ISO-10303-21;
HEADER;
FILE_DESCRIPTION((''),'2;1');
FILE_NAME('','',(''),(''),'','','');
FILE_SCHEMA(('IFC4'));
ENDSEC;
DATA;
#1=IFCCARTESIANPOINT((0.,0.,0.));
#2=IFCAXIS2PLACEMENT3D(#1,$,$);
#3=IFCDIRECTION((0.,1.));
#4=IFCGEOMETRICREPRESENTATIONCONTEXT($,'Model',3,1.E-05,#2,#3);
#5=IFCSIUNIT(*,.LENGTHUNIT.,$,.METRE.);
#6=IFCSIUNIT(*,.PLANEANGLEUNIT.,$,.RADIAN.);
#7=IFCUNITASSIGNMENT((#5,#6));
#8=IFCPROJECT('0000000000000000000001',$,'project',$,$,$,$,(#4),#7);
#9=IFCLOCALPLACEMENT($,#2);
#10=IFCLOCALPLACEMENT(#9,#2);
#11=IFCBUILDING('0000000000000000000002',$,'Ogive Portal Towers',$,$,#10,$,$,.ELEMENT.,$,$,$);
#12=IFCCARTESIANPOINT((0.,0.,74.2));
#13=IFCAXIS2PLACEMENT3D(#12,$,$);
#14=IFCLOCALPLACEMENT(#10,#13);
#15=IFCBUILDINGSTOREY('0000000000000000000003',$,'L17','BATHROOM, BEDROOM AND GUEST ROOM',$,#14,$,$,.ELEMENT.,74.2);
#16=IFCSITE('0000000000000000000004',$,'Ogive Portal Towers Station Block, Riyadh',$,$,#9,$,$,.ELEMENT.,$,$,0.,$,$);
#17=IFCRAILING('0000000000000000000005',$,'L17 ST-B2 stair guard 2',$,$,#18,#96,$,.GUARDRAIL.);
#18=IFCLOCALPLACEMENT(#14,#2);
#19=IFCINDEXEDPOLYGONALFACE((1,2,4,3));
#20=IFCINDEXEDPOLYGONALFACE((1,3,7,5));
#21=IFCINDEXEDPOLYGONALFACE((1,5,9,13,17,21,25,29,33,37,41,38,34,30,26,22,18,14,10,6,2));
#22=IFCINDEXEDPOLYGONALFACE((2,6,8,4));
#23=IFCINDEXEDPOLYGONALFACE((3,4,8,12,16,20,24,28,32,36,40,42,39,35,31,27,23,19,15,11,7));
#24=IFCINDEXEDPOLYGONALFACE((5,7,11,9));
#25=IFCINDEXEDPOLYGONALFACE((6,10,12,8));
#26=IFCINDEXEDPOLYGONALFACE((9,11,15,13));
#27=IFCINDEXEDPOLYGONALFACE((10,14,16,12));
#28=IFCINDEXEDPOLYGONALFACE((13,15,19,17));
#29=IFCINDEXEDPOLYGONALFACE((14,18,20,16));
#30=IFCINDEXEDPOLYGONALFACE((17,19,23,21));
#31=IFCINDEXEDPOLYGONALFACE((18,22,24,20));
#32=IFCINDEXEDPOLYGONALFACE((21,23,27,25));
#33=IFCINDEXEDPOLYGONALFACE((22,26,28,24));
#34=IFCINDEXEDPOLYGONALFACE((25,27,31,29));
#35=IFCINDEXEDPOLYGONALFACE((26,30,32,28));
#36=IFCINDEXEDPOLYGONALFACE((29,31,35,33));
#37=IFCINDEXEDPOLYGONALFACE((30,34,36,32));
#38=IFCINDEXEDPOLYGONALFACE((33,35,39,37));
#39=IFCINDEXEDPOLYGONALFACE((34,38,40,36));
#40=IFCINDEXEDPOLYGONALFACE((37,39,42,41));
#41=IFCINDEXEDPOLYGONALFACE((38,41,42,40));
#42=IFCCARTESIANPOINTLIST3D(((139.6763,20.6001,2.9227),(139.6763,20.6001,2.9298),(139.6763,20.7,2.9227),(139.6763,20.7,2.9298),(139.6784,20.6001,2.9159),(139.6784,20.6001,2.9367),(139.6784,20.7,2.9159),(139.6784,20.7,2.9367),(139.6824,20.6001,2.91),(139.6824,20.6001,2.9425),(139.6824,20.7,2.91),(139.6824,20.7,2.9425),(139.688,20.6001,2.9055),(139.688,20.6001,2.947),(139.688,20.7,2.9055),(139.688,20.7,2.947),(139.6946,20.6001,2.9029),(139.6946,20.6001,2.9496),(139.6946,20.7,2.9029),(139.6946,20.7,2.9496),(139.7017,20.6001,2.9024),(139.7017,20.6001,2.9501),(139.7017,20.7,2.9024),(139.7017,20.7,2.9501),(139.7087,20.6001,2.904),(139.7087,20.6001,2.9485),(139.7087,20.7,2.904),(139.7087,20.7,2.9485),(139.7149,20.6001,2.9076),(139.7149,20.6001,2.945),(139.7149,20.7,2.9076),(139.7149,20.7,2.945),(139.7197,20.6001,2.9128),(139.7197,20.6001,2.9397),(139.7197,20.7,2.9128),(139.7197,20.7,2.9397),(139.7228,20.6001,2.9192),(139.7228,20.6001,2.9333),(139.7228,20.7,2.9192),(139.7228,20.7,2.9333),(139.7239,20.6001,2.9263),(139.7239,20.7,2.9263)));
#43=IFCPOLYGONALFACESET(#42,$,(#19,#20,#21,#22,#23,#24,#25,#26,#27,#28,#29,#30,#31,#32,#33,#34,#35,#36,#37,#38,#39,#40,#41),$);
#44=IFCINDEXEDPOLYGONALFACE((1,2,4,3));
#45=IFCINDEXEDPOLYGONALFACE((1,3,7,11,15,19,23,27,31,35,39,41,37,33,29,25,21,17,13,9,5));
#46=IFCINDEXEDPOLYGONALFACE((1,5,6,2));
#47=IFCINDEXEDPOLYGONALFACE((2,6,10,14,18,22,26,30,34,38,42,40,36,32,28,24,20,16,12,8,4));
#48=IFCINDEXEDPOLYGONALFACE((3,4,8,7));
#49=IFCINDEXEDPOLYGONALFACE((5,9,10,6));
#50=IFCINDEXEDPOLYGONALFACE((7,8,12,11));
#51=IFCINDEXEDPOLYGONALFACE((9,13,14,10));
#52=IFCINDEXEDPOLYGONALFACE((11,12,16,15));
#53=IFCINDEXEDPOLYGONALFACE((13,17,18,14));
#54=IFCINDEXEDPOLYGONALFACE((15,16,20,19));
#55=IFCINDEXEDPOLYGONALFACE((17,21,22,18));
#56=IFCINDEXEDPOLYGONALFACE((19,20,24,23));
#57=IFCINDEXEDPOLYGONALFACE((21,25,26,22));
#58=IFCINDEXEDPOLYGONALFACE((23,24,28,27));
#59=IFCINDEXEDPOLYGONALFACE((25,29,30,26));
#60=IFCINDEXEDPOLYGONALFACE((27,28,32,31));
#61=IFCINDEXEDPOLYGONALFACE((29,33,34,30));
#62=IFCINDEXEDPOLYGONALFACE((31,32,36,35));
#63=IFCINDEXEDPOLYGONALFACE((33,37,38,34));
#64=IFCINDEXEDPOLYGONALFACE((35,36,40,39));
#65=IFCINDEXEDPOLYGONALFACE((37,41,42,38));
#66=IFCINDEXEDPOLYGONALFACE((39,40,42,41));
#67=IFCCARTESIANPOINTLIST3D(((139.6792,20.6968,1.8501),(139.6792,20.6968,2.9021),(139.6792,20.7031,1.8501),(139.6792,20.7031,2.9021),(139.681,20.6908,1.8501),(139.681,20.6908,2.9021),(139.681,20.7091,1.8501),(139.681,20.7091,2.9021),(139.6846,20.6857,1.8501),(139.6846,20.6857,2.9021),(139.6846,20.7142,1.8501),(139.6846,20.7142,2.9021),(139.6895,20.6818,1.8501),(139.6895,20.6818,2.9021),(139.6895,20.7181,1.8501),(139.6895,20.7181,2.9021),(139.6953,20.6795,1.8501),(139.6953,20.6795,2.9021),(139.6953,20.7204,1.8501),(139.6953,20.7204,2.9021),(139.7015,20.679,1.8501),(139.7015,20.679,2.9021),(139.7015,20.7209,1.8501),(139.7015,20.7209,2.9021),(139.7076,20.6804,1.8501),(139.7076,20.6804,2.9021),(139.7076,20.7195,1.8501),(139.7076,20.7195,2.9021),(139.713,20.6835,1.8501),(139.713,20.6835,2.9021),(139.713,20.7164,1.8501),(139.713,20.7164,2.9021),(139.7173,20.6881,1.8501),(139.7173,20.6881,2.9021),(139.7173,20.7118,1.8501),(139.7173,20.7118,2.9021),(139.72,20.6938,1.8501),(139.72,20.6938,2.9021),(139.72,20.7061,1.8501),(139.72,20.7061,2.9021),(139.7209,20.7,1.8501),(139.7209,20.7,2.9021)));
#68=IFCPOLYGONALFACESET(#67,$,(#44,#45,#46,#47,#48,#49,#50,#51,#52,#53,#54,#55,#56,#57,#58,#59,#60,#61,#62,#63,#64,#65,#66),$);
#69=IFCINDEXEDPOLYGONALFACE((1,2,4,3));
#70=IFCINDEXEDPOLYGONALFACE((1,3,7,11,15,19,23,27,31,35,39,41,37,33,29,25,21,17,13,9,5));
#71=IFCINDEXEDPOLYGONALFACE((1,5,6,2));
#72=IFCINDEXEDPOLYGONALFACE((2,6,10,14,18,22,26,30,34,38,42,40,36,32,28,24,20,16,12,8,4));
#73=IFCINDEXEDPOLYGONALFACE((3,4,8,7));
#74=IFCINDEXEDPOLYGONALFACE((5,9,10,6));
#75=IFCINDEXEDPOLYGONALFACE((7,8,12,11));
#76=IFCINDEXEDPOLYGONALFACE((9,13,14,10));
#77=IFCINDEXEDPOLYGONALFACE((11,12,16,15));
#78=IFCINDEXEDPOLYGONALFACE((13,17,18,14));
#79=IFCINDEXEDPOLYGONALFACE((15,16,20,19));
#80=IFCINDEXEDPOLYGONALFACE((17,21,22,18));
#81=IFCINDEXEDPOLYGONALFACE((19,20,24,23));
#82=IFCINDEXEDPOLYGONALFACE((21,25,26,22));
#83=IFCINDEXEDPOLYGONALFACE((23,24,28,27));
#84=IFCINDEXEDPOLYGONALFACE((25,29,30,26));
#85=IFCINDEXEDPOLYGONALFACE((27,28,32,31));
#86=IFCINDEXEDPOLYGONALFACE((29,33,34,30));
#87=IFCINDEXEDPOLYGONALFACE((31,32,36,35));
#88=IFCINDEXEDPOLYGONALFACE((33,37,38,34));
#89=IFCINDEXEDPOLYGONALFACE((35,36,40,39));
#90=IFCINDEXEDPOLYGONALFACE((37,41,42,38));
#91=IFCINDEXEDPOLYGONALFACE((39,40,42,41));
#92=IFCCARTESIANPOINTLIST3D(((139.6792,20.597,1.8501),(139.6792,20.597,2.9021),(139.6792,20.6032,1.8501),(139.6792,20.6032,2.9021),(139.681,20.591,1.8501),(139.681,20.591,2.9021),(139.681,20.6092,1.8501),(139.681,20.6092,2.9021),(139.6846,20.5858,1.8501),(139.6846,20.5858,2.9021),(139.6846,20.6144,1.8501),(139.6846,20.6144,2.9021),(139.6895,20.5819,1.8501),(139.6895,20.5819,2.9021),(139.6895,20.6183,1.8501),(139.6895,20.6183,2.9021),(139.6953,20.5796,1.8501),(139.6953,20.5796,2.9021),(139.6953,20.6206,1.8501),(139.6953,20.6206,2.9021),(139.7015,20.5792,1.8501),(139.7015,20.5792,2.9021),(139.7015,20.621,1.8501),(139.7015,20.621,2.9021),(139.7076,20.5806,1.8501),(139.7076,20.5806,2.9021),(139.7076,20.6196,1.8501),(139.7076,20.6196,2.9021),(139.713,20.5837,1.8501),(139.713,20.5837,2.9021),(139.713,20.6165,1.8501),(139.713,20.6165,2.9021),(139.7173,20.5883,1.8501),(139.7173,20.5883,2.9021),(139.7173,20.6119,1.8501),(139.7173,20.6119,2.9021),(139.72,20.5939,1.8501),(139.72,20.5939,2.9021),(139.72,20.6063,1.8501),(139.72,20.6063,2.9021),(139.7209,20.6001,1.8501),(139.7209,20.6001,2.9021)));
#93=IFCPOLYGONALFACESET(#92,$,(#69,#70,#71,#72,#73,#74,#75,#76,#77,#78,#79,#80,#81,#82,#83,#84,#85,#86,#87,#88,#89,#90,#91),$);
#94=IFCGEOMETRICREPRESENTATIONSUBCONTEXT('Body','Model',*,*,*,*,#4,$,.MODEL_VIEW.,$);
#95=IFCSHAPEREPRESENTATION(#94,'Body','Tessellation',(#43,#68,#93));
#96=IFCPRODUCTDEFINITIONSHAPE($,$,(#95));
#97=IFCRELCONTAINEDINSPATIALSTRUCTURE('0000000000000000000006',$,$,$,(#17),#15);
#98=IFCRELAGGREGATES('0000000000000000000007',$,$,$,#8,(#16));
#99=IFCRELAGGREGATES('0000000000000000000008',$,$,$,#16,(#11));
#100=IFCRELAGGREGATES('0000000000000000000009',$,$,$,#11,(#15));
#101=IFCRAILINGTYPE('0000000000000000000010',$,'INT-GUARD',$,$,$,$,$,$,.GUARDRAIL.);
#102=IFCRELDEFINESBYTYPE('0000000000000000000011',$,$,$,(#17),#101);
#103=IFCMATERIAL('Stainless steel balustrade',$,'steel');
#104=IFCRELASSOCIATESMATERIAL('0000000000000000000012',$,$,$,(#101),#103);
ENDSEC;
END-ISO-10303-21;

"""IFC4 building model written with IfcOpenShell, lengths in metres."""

from ifc_helpers import new_model, si_unit, direction, frame, origin, origin_2d, place, context, subcontext, project, spatial, circle, extrude, material, type_object, element, save


model = new_model("IFC4")

# Units and contexts
model_context = context("Model", 3, precision=1e-05, world=origin(), true_north=direction((0.0, 1.0)))
body_context = subcontext(model_context, "Body", "Model", "MODEL_VIEW")
ifc_project = project(units=[si_unit("LENGTHUNIT", "METRE"), si_unit("PLANEANGLEUNIT", "RADIAN")], contexts=[model_context])

# Site, building, storey
site_placement = place(None, origin())
site = spatial("IfcSite", under=ifc_project, at=site_placement, Name="Ogive Portal Towers Station Block, Riyadh", CompositionType="ELEMENT", RefElevation=0.0)
building_placement = place(site_placement, origin())
building = spatial("IfcBuilding", under=site, at=building_placement, Name="Ogive Portal Towers", CompositionType="ELEMENT")
storey_placement = place(building_placement, frame((0.0, 0.0, 74.2)))
storey = spatial("IfcBuildingStorey", under=building, at=storey_placement, Name="L17", Description="BATHROOM, BEDROOM AND GUEST ROOM", CompositionType="ELEMENT", Elevation=74.2)

# Railing
ifc_material_1 = material(Name="Stainless steel balustrade", Category="steel")
railing_type_1 = type_object("IfcRailingType", Name="INT-GUARD", PredefinedType="GUARDRAIL", material=ifc_material_1)
railing_1_placement = place(storey_placement, frame((139.7, 20.7, 1.8501)))
element("IfcRailing", 1, at=railing_1_placement, inside=storey, type_object=railing_type_1, Name="L17 ST-B2 stair guard 2", PredefinedType="GUARDRAIL", context=body_context, shape_type="SweptSolid", body=[
    extrude(circle(Radius=0.0239, at=origin_2d()), frame((0.0, 0.0, 1.0762), z_axis=(0.0, -1.0, 0.0), x_axis=(1.0, 0.0, 0.0)), (0.0, 0.0, 1.0), 0.0999),
    extrude(circle(Radius=0.021, at=origin_2d()), origin(), (0.0, 0.0, 1.0), 1.052),
    extrude(circle(Radius=0.021, at=origin_2d()), frame((0.0, -0.0999, 0.0)), (0.0, 0.0, 1.0), 1.052),
])

save(model, "model.ifc")
